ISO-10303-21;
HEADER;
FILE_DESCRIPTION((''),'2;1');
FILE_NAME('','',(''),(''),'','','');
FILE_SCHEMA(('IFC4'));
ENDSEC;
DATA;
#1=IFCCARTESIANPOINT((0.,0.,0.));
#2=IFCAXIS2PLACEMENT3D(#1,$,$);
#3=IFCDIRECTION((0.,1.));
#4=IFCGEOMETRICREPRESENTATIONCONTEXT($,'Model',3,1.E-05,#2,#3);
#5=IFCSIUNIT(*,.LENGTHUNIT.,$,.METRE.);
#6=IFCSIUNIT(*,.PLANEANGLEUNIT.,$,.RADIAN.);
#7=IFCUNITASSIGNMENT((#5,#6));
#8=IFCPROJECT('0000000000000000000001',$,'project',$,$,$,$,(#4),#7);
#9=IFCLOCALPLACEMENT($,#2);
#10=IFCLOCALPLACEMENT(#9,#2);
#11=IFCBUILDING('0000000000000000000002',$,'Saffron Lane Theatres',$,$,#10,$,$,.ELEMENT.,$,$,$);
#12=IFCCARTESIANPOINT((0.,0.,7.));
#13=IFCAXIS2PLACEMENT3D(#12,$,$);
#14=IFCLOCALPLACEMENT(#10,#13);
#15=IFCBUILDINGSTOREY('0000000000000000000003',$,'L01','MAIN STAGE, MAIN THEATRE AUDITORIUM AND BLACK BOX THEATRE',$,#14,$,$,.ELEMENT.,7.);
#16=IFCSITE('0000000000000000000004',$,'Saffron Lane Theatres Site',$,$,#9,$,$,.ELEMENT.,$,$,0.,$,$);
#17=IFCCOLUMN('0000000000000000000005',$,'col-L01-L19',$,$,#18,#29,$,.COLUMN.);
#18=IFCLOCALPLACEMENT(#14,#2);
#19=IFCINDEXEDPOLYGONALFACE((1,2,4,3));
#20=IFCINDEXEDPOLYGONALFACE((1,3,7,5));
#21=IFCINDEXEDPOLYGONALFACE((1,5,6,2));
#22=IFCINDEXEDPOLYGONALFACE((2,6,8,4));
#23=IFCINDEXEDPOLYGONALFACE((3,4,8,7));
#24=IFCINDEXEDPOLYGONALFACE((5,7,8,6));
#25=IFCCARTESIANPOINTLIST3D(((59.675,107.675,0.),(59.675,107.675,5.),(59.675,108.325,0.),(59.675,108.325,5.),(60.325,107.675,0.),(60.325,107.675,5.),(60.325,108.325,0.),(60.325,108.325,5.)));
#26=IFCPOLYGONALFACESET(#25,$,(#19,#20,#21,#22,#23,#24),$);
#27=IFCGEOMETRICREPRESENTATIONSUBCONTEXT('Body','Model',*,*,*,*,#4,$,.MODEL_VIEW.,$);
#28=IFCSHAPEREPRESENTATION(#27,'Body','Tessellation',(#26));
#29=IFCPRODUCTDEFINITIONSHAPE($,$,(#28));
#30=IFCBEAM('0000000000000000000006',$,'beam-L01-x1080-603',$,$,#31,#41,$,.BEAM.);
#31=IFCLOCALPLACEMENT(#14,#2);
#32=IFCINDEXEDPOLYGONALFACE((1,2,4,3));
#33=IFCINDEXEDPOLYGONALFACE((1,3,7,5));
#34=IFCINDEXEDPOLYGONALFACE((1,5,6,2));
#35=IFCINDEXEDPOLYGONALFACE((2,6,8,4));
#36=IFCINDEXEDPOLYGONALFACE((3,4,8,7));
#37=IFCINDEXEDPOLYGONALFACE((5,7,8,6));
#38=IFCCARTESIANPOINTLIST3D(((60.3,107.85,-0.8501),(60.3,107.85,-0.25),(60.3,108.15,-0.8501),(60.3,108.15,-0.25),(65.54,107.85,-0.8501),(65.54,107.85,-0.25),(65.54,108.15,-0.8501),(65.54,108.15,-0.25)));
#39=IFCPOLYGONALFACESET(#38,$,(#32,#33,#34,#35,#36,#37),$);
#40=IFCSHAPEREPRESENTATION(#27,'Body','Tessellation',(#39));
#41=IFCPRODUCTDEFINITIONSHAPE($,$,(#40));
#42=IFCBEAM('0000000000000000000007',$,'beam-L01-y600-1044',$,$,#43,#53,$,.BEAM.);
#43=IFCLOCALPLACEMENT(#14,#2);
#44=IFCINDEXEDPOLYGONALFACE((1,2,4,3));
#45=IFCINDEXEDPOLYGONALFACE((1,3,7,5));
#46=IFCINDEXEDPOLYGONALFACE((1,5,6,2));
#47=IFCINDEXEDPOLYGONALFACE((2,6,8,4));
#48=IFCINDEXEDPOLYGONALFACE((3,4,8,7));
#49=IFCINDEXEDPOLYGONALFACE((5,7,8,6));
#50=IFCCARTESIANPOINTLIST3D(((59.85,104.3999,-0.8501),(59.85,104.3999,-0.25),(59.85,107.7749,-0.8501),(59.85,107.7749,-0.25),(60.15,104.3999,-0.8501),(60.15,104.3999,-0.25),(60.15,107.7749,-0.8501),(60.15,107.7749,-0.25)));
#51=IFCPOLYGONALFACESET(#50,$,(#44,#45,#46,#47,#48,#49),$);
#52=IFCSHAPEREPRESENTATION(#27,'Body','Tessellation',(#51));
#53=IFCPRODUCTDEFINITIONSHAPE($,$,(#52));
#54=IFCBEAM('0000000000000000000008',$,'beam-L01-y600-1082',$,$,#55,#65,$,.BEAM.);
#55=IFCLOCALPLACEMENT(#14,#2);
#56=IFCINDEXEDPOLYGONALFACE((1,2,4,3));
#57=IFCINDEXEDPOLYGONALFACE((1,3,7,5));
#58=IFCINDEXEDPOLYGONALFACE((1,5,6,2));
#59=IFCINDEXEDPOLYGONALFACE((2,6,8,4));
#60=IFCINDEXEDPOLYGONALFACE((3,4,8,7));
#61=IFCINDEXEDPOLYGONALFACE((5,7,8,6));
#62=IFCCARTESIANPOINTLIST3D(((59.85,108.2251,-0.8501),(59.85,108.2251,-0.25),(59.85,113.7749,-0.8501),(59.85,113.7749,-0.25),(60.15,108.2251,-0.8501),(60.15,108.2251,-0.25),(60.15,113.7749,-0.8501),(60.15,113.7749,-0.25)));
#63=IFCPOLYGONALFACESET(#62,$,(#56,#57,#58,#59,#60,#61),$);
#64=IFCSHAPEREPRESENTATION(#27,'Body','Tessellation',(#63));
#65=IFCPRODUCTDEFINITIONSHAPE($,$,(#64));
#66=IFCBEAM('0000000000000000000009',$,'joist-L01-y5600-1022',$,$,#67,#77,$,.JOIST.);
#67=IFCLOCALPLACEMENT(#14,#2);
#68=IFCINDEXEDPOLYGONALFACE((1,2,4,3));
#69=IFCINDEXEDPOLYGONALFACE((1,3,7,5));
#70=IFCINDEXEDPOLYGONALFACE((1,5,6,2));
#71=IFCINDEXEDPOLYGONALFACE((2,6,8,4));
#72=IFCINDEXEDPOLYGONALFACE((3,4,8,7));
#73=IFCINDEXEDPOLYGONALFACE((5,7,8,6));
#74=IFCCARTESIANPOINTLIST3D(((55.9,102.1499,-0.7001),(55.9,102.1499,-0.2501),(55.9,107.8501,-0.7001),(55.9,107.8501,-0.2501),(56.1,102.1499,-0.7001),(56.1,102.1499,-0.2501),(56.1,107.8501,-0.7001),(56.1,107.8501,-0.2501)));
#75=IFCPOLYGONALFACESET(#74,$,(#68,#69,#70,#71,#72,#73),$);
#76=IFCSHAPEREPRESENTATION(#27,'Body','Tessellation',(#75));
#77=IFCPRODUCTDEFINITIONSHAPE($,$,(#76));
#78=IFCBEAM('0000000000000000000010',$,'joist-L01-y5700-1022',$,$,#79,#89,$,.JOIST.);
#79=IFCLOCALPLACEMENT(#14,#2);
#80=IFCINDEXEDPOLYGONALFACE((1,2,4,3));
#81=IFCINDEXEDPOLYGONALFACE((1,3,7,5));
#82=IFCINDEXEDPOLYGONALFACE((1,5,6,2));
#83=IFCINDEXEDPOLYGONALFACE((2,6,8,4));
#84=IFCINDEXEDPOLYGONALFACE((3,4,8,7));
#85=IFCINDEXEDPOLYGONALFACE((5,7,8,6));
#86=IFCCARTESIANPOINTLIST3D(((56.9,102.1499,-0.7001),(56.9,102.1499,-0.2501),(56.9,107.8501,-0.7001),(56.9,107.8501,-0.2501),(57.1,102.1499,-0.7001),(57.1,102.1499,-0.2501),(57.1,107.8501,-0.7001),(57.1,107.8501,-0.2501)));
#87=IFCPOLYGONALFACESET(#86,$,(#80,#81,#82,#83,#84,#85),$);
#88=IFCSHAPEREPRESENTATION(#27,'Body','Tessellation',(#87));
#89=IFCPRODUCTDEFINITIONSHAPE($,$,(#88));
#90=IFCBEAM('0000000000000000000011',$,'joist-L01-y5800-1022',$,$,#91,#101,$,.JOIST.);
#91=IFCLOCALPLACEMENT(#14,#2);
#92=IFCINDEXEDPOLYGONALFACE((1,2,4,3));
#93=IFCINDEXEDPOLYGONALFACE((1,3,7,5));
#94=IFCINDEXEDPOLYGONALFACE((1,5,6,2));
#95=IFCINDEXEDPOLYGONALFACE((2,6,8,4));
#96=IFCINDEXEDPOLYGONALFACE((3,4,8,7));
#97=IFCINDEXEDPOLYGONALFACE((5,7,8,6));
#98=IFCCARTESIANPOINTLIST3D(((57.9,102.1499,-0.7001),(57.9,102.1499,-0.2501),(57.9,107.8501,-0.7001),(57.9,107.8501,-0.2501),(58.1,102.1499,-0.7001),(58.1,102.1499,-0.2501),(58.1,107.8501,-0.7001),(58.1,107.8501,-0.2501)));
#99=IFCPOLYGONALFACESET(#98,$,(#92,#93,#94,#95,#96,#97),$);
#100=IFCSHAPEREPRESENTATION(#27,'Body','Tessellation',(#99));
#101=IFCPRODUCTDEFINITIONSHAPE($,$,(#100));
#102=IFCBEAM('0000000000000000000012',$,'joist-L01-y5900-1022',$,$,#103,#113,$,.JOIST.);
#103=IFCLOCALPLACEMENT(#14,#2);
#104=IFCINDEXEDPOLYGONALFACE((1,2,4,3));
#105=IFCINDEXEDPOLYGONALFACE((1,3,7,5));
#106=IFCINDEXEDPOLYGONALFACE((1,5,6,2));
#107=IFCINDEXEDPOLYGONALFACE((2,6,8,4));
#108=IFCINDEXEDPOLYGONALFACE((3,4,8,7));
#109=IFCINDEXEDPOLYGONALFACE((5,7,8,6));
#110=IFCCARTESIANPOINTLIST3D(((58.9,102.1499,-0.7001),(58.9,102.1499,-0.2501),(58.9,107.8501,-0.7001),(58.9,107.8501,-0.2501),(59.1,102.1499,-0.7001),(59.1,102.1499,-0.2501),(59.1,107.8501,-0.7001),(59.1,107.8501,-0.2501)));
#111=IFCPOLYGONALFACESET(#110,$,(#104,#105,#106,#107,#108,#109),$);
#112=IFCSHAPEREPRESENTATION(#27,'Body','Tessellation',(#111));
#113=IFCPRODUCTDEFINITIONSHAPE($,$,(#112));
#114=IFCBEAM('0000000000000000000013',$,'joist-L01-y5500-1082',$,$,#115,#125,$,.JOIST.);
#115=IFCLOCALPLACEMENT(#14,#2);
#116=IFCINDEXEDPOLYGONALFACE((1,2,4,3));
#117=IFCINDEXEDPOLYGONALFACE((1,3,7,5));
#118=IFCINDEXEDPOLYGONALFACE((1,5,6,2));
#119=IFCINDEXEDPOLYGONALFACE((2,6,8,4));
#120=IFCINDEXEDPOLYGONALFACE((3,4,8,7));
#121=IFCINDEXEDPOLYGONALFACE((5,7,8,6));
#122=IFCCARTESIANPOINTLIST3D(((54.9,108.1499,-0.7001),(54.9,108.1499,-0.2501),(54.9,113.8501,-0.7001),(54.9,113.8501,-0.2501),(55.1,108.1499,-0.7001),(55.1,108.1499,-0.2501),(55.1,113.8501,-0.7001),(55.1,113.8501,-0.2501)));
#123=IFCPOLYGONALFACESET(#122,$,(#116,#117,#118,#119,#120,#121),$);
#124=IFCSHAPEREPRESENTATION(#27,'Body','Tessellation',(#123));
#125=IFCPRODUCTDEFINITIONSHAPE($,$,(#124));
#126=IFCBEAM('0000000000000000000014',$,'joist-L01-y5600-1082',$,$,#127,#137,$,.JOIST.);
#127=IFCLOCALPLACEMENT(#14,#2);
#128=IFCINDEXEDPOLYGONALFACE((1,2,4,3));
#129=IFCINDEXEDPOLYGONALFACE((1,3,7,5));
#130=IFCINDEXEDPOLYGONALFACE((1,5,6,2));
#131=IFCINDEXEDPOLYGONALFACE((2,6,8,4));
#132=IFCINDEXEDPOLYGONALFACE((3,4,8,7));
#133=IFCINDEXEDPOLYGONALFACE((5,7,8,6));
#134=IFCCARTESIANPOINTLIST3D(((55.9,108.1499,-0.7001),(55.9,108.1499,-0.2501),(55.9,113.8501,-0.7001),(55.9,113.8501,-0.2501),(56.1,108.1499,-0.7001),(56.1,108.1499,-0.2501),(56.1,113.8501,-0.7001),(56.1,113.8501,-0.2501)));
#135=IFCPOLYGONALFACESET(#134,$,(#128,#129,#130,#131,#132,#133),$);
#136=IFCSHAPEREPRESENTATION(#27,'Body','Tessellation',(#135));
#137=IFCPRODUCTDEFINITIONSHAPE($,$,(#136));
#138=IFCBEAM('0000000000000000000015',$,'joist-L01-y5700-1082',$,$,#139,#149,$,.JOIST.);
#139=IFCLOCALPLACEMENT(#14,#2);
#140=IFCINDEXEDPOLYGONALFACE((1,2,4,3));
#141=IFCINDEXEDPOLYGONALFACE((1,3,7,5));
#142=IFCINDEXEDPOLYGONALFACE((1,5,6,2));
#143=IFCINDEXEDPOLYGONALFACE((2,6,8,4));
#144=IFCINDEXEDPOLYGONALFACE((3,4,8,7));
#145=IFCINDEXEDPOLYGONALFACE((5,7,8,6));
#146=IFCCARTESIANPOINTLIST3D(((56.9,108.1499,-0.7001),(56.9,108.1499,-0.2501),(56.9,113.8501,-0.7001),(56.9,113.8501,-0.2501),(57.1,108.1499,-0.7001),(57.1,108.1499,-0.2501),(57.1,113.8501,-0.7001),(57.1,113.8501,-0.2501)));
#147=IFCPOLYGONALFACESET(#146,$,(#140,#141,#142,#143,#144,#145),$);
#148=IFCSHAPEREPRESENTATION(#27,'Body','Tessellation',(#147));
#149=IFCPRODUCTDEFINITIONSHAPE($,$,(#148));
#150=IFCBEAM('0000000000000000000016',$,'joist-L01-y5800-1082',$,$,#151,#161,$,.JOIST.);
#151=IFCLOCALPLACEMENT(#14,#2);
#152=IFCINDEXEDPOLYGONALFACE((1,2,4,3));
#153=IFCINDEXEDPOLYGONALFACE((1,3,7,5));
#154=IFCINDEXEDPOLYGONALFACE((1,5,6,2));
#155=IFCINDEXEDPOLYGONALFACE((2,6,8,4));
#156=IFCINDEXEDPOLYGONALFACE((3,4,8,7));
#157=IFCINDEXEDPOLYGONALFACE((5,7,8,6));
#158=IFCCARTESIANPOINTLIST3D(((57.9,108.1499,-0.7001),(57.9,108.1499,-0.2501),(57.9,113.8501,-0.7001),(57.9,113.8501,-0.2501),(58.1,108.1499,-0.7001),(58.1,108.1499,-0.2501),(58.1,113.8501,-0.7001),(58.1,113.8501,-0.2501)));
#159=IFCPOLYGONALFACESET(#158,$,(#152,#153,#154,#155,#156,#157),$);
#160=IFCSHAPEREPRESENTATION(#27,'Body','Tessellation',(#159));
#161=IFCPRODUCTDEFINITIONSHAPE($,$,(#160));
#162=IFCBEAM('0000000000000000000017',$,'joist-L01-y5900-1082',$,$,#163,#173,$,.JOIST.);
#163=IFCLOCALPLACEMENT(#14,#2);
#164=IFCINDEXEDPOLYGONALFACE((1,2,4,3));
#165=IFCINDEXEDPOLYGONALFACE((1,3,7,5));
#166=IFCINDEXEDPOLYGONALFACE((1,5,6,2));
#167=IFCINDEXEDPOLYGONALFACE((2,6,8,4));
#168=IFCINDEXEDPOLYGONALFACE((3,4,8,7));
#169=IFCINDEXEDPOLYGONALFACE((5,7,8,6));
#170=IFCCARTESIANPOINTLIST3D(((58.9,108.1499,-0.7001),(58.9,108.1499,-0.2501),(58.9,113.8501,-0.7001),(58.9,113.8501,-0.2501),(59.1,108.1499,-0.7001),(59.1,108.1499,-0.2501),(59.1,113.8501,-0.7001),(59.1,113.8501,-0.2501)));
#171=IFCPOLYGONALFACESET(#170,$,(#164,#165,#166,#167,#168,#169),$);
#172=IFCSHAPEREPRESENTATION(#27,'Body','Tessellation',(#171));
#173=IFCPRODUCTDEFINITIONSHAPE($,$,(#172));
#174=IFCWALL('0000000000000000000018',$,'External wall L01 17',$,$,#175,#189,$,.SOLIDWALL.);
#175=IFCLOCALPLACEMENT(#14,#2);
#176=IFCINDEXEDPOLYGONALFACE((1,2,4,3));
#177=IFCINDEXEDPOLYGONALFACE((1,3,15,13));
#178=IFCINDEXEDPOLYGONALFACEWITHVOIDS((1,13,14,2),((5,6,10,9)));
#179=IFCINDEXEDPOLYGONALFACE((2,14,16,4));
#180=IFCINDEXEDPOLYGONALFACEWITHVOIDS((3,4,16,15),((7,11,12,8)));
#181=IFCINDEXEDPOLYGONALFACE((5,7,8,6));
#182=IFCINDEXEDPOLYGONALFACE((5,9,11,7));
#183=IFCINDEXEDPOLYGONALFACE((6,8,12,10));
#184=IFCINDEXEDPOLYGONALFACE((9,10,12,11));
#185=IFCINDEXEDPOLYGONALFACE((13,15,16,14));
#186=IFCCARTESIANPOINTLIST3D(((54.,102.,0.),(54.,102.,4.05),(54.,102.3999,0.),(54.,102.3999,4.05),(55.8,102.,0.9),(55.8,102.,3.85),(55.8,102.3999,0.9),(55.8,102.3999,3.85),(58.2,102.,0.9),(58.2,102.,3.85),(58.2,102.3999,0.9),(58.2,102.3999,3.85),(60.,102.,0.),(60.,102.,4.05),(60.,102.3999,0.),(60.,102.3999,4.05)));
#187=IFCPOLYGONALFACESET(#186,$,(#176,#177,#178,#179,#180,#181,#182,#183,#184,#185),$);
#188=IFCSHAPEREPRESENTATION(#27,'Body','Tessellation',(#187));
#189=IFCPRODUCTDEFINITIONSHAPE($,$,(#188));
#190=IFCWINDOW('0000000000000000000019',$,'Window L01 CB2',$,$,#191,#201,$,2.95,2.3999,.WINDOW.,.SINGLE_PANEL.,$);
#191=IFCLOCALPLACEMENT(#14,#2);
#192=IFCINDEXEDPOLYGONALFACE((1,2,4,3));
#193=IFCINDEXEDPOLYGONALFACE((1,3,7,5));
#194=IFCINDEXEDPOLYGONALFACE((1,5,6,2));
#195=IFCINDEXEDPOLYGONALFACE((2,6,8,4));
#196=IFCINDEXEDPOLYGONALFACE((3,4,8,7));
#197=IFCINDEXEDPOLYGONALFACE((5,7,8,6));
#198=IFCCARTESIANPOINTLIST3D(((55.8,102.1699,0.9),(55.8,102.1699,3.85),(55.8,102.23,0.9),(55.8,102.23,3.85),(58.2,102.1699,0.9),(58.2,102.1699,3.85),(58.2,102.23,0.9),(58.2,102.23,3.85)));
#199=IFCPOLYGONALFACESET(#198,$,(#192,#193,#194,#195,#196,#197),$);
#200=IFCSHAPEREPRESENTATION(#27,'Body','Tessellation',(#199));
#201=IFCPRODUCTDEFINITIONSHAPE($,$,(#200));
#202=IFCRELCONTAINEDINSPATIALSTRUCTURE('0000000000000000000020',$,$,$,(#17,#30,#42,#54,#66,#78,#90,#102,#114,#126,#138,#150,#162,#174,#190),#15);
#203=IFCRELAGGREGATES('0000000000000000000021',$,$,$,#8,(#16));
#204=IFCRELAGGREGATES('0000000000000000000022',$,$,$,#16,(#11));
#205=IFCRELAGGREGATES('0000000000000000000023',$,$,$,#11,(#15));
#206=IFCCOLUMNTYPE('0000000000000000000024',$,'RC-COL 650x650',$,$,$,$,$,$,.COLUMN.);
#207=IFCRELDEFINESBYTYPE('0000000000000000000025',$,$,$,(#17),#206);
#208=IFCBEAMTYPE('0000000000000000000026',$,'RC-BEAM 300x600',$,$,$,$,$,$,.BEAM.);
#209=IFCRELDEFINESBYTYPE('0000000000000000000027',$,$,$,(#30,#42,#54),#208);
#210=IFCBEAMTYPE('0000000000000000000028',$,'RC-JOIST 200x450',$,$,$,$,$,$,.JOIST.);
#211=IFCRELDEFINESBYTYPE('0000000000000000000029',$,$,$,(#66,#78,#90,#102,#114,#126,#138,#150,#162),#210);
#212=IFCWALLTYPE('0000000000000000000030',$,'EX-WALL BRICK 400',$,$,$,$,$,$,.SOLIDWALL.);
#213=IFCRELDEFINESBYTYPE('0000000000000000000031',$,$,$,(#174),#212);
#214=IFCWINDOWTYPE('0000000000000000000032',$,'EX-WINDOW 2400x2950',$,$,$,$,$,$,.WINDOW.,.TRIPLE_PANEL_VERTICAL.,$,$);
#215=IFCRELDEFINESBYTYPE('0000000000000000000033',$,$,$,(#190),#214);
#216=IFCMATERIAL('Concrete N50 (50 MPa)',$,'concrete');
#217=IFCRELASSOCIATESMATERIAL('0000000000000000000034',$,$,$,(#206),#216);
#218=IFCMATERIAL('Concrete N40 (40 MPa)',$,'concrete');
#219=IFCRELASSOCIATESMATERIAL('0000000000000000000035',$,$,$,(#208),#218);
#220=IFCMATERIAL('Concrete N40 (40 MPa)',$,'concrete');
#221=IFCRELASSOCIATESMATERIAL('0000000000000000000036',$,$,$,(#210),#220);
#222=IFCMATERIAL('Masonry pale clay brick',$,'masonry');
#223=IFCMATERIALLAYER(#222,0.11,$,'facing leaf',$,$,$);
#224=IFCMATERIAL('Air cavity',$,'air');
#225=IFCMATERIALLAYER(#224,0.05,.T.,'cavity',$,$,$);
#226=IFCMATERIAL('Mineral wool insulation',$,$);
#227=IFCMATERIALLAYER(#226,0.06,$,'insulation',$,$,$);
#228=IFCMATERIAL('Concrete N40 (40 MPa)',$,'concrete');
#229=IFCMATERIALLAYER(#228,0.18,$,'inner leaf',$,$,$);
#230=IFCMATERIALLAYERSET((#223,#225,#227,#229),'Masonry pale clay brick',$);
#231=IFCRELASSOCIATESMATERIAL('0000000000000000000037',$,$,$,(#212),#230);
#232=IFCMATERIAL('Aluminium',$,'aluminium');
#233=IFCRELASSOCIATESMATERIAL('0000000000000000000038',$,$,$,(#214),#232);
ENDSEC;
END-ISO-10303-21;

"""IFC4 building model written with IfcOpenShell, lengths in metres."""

from ifc_helpers import new_model, si_unit, direction, frame, frame_2d, origin, origin_2d, place, context, subcontext, project, spatial, rectangle, extrude, material, layer, layer_set, material_profile, profile_set, type_object, element, fill, save


model = new_model("IFC4")

# Units and contexts
model_context = context("Model", 3, precision=1e-05, world=origin(), true_north=direction((0.0, 1.0)))
body_context = subcontext(model_context, "Body", "Model", "MODEL_VIEW")
ifc_project = project(units=[si_unit("LENGTHUNIT", "METRE"), si_unit("PLANEANGLEUNIT", "RADIAN")], contexts=[model_context])

# Site, building, storey
site_placement = place(None, origin())
site = spatial("IfcSite", under=ifc_project, at=site_placement, Name="Saffron Lane Theatres Site", CompositionType="ELEMENT", RefElevation=0.0)
building_placement = place(site_placement, origin())
building = spatial("IfcBuilding", under=site, at=building_placement, Name="Saffron Lane Theatres", CompositionType="ELEMENT")
storey_placement = place(building_placement, frame((0.0, 0.0, 7.0)))
storey = spatial("IfcBuildingStorey", under=building, at=storey_placement, Name="L01", Description="MAIN STAGE, MAIN THEATRE AUDITORIUM AND BLACK BOX THEATRE", CompositionType="ELEMENT", Elevation=7.0)

# Column
ifc_material_1 = material(Name="Concrete N50 (50 MPa)", Category="concrete")
ifc_material_profile_1 = material_profile(ifc_material_1, rectangle(XDim=0.6499, YDim=0.6499, at=origin_2d()))
ifc_profile_set_1 = profile_set([ifc_material_profile_1], Name="Concrete N50 (50 MPa)")
column_type = type_object("IfcColumnType", Name="RC-COL 650x650", PredefinedType="COLUMN", material=ifc_profile_set_1)
column_placement = place(storey_placement, frame((60.0, 108.0, 0.0), z_axis=(0.0, 0.0, 1.0), x_axis=(1.0, 0.0, 0.0)))
element("IfcColumn", 1, at=column_placement, inside=storey, type_object=column_type, Name="col-L01-L19", PredefinedType="COLUMN", context=body_context, shape_type="SweptSolid", body=[
    extrude(rectangle(XDim=0.6499, YDim=0.6499, at=origin_2d()), origin(), (0.0, 0.0, 1.0), 5.0),
])

# Beams
ifc_material_2 = material(Name="Concrete N40 (40 MPa)", Category="concrete")
ifc_material_profile_2 = material_profile(ifc_material_2, rectangle(XDim=0.3, YDim=0.6001, at=origin_2d()))
ifc_profile_set_2 = profile_set([ifc_material_profile_2], Name="Concrete N40 (40 MPa)")
beam_type_1 = type_object("IfcBeamType", Name="RC-BEAM 300x600", PredefinedType="BEAM", material=ifc_profile_set_2)
beam_1_placement = place(storey_placement, frame((60.3, 108.0, -0.55), z_axis=(1.0, 0.0, 0.0), x_axis=(0.0, 1.0, 0.0)))
element("IfcBeam", 2, at=beam_1_placement, inside=storey, type_object=beam_type_1, Name="beam-L01-x1080-603", PredefinedType="BEAM", context=body_context, shape_type="SweptSolid", body=[
    extrude(rectangle(XDim=0.3, YDim=0.6001, at=origin_2d()), origin(), (0.0, 0.0, 1.0), 5.24),
])
beam_2_placement = place(storey_placement, frame((60.0, 104.3999, -0.55), z_axis=(0.0, 1.0, 0.0), x_axis=(-1.0, 0.0, 0.0)))
element("IfcBeam", 3, at=beam_2_placement, inside=storey, type_object=beam_type_1, Name="beam-L01-y600-1044", PredefinedType="BEAM", context=body_context, shape_type="SweptSolid", body=[
    extrude(rectangle(XDim=0.3, YDim=0.6001, at=origin_2d()), origin(), (0.0, 0.0, 1.0), 3.375),
])
beam_3_placement = place(storey_placement, frame((60.0, 108.2251, -0.55), z_axis=(0.0, 1.0, 0.0), x_axis=(-1.0, 0.0, 0.0)))
element("IfcBeam", 4, at=beam_3_placement, inside=storey, type_object=beam_type_1, Name="beam-L01-y600-1082", PredefinedType="BEAM", context=body_context, shape_type="SweptSolid", body=[
    extrude(rectangle(XDim=0.3, YDim=0.6001, at=origin_2d()), origin(), (0.0, 0.0, 1.0), 5.5498),
])
ifc_material_3 = material(Name="Concrete N40 (40 MPa)", Category="concrete")
ifc_material_profile_3 = material_profile(ifc_material_3, rectangle(XDim=0.2, YDim=0.45, at=origin_2d()))
ifc_profile_set_3 = profile_set([ifc_material_profile_3], Name="Concrete N40 (40 MPa)")
beam_type_2 = type_object("IfcBeamType", Name="RC-JOIST 200x450", PredefinedType="JOIST", material=ifc_profile_set_3)
for number, where, z_axis, x_axis, name in (
    (5, (56.0, 102.1499, -0.4751), (0.0, 1.0, 0.0), (-1.0, 0.0, 0.0), "joist-L01-y5600-1022"),
    (6, (57.0, 102.1499, -0.4751), (0.0, 1.0, 0.0), (-1.0, 0.0, 0.0), "joist-L01-y5700-1022"),
    (7, (58.0, 102.1499, -0.4751), (0.0, 1.0, 0.0), (-1.0, 0.0, 0.0), "joist-L01-y5800-1022"),
    (8, (59.0, 102.1499, -0.4751), (0.0, 1.0, 0.0), (-1.0, 0.0, 0.0), "joist-L01-y5900-1022"),
    (9, (55.0, 108.1499, -0.4751), (0.0, 1.0, 0.0), (-1.0, 0.0, 0.0), "joist-L01-y5500-1082"),
    (10, (56.0, 108.1499, -0.4751), (0.0, 1.0, 0.0), (-1.0, 0.0, 0.0), "joist-L01-y5600-1082"),
    (11, (57.0, 108.1499, -0.4751), (0.0, 1.0, 0.0), (-1.0, 0.0, 0.0), "joist-L01-y5700-1082"),
    (12, (58.0, 108.1499, -0.4751), (0.0, 1.0, 0.0), (-1.0, 0.0, 0.0), "joist-L01-y5800-1082"),
    (13, (59.0, 108.1499, -0.4751), (0.0, 1.0, 0.0), (-1.0, 0.0, 0.0), "joist-L01-y5900-1082"),
):
    element("IfcBeam", number, at=place(storey_placement, frame(where, z_axis=z_axis, x_axis=x_axis)), inside=storey, type_object=beam_type_2, Name=name, PredefinedType="JOIST", context=body_context, shape_type="SweptSolid", body=[
        extrude(rectangle(XDim=0.2, YDim=0.45, at=origin_2d()), origin(), (0.0, 0.0, 1.0), 5.7002),
    ])

# Wall, opening, window
ifc_material_4 = material(Name="Masonry pale clay brick", Category="masonry")
ifc_layer_1 = layer(ifc_material_4, 0.11, Name="facing leaf")
ifc_material_5 = material(Name="Air cavity", Category="air")
ifc_layer_2 = layer(ifc_material_5, 0.05, ventilated=True, Name="cavity")
ifc_material_6 = material(Name="Mineral wool insulation")
ifc_layer_3 = layer(ifc_material_6, 0.06, Name="insulation")
ifc_material_7 = material(Name="Concrete N40 (40 MPa)", Category="concrete")
ifc_layer_4 = layer(ifc_material_7, 0.18, Name="inner leaf")
ifc_layer_set_1 = layer_set([ifc_layer_1, ifc_layer_2, ifc_layer_3, ifc_layer_4], Name="Masonry pale clay brick")
wall_type_1 = type_object("IfcWallType", Name="EX-WALL BRICK 400", PredefinedType="SOLIDWALL", material=ifc_layer_set_1)
wall_1_placement = place(storey_placement, frame((60.0, 102.2, 0.0), z_axis=(0.0, 0.0, 1.0), x_axis=(-1.0, 0.0, 0.0)))
wall_1 = element("IfcWall", 14, at=wall_1_placement, inside=storey, type_object=wall_type_1, Name="External wall L01 17", PredefinedType="SOLIDWALL", context=body_context, shape_type="SweptSolid", body=[
    extrude(rectangle(XDim=6.0, YDim=0.3999, at=frame_2d((3.0, 0.0))), origin(), (0.0, 0.0, 1.0), 4.05),
])
opening_1_placement = place(wall_1_placement, frame((1.8, 0.0, 0.8999)))
opening_1 = element("IfcOpeningElement", 15, at=opening_1_placement, cuts=wall_1, PredefinedType="OPENING", context=body_context, shape_type="SweptSolid", body=[
    extrude(rectangle(XDim=2.3999, YDim=2.95, at=frame_2d((1.2, 1.4751))), frame((0.0, 0.21, 0.0), z_axis=(0.0, -1.0, 0.0), x_axis=(1.0, 0.0, 0.0)), (0.0, 0.0, 1.0), 0.4199),
])
ifc_material_8 = material(Name="Aluminium", Category="aluminium")
window_type = type_object("IfcWindowType", Name="EX-WINDOW 2400x2950", PartitioningType="TRIPLE_PANEL_VERTICAL", PredefinedType="WINDOW", material=ifc_material_8)
window_placement = place(opening_1_placement, origin())
window = element("IfcWindow", 16, at=window_placement, inside=storey, type_object=window_type, Name="Window L01 CB2", OverallHeight=2.95, OverallWidth=2.3999, PartitioningType="SINGLE_PANEL", PredefinedType="WINDOW", context=body_context, shape_type="SweptSolid", body=[
    extrude(rectangle(XDim=2.3999, YDim=2.95, at=frame_2d((1.2, 1.4751))), frame((0.0, 0.03, 0.0), z_axis=(0.0, -1.0, 0.0), x_axis=(1.0, 0.0, 0.0)), (0.0, 0.0, 1.0), 0.0601),
])
fill(opening_1, window)

save(model, "model.ifc")
